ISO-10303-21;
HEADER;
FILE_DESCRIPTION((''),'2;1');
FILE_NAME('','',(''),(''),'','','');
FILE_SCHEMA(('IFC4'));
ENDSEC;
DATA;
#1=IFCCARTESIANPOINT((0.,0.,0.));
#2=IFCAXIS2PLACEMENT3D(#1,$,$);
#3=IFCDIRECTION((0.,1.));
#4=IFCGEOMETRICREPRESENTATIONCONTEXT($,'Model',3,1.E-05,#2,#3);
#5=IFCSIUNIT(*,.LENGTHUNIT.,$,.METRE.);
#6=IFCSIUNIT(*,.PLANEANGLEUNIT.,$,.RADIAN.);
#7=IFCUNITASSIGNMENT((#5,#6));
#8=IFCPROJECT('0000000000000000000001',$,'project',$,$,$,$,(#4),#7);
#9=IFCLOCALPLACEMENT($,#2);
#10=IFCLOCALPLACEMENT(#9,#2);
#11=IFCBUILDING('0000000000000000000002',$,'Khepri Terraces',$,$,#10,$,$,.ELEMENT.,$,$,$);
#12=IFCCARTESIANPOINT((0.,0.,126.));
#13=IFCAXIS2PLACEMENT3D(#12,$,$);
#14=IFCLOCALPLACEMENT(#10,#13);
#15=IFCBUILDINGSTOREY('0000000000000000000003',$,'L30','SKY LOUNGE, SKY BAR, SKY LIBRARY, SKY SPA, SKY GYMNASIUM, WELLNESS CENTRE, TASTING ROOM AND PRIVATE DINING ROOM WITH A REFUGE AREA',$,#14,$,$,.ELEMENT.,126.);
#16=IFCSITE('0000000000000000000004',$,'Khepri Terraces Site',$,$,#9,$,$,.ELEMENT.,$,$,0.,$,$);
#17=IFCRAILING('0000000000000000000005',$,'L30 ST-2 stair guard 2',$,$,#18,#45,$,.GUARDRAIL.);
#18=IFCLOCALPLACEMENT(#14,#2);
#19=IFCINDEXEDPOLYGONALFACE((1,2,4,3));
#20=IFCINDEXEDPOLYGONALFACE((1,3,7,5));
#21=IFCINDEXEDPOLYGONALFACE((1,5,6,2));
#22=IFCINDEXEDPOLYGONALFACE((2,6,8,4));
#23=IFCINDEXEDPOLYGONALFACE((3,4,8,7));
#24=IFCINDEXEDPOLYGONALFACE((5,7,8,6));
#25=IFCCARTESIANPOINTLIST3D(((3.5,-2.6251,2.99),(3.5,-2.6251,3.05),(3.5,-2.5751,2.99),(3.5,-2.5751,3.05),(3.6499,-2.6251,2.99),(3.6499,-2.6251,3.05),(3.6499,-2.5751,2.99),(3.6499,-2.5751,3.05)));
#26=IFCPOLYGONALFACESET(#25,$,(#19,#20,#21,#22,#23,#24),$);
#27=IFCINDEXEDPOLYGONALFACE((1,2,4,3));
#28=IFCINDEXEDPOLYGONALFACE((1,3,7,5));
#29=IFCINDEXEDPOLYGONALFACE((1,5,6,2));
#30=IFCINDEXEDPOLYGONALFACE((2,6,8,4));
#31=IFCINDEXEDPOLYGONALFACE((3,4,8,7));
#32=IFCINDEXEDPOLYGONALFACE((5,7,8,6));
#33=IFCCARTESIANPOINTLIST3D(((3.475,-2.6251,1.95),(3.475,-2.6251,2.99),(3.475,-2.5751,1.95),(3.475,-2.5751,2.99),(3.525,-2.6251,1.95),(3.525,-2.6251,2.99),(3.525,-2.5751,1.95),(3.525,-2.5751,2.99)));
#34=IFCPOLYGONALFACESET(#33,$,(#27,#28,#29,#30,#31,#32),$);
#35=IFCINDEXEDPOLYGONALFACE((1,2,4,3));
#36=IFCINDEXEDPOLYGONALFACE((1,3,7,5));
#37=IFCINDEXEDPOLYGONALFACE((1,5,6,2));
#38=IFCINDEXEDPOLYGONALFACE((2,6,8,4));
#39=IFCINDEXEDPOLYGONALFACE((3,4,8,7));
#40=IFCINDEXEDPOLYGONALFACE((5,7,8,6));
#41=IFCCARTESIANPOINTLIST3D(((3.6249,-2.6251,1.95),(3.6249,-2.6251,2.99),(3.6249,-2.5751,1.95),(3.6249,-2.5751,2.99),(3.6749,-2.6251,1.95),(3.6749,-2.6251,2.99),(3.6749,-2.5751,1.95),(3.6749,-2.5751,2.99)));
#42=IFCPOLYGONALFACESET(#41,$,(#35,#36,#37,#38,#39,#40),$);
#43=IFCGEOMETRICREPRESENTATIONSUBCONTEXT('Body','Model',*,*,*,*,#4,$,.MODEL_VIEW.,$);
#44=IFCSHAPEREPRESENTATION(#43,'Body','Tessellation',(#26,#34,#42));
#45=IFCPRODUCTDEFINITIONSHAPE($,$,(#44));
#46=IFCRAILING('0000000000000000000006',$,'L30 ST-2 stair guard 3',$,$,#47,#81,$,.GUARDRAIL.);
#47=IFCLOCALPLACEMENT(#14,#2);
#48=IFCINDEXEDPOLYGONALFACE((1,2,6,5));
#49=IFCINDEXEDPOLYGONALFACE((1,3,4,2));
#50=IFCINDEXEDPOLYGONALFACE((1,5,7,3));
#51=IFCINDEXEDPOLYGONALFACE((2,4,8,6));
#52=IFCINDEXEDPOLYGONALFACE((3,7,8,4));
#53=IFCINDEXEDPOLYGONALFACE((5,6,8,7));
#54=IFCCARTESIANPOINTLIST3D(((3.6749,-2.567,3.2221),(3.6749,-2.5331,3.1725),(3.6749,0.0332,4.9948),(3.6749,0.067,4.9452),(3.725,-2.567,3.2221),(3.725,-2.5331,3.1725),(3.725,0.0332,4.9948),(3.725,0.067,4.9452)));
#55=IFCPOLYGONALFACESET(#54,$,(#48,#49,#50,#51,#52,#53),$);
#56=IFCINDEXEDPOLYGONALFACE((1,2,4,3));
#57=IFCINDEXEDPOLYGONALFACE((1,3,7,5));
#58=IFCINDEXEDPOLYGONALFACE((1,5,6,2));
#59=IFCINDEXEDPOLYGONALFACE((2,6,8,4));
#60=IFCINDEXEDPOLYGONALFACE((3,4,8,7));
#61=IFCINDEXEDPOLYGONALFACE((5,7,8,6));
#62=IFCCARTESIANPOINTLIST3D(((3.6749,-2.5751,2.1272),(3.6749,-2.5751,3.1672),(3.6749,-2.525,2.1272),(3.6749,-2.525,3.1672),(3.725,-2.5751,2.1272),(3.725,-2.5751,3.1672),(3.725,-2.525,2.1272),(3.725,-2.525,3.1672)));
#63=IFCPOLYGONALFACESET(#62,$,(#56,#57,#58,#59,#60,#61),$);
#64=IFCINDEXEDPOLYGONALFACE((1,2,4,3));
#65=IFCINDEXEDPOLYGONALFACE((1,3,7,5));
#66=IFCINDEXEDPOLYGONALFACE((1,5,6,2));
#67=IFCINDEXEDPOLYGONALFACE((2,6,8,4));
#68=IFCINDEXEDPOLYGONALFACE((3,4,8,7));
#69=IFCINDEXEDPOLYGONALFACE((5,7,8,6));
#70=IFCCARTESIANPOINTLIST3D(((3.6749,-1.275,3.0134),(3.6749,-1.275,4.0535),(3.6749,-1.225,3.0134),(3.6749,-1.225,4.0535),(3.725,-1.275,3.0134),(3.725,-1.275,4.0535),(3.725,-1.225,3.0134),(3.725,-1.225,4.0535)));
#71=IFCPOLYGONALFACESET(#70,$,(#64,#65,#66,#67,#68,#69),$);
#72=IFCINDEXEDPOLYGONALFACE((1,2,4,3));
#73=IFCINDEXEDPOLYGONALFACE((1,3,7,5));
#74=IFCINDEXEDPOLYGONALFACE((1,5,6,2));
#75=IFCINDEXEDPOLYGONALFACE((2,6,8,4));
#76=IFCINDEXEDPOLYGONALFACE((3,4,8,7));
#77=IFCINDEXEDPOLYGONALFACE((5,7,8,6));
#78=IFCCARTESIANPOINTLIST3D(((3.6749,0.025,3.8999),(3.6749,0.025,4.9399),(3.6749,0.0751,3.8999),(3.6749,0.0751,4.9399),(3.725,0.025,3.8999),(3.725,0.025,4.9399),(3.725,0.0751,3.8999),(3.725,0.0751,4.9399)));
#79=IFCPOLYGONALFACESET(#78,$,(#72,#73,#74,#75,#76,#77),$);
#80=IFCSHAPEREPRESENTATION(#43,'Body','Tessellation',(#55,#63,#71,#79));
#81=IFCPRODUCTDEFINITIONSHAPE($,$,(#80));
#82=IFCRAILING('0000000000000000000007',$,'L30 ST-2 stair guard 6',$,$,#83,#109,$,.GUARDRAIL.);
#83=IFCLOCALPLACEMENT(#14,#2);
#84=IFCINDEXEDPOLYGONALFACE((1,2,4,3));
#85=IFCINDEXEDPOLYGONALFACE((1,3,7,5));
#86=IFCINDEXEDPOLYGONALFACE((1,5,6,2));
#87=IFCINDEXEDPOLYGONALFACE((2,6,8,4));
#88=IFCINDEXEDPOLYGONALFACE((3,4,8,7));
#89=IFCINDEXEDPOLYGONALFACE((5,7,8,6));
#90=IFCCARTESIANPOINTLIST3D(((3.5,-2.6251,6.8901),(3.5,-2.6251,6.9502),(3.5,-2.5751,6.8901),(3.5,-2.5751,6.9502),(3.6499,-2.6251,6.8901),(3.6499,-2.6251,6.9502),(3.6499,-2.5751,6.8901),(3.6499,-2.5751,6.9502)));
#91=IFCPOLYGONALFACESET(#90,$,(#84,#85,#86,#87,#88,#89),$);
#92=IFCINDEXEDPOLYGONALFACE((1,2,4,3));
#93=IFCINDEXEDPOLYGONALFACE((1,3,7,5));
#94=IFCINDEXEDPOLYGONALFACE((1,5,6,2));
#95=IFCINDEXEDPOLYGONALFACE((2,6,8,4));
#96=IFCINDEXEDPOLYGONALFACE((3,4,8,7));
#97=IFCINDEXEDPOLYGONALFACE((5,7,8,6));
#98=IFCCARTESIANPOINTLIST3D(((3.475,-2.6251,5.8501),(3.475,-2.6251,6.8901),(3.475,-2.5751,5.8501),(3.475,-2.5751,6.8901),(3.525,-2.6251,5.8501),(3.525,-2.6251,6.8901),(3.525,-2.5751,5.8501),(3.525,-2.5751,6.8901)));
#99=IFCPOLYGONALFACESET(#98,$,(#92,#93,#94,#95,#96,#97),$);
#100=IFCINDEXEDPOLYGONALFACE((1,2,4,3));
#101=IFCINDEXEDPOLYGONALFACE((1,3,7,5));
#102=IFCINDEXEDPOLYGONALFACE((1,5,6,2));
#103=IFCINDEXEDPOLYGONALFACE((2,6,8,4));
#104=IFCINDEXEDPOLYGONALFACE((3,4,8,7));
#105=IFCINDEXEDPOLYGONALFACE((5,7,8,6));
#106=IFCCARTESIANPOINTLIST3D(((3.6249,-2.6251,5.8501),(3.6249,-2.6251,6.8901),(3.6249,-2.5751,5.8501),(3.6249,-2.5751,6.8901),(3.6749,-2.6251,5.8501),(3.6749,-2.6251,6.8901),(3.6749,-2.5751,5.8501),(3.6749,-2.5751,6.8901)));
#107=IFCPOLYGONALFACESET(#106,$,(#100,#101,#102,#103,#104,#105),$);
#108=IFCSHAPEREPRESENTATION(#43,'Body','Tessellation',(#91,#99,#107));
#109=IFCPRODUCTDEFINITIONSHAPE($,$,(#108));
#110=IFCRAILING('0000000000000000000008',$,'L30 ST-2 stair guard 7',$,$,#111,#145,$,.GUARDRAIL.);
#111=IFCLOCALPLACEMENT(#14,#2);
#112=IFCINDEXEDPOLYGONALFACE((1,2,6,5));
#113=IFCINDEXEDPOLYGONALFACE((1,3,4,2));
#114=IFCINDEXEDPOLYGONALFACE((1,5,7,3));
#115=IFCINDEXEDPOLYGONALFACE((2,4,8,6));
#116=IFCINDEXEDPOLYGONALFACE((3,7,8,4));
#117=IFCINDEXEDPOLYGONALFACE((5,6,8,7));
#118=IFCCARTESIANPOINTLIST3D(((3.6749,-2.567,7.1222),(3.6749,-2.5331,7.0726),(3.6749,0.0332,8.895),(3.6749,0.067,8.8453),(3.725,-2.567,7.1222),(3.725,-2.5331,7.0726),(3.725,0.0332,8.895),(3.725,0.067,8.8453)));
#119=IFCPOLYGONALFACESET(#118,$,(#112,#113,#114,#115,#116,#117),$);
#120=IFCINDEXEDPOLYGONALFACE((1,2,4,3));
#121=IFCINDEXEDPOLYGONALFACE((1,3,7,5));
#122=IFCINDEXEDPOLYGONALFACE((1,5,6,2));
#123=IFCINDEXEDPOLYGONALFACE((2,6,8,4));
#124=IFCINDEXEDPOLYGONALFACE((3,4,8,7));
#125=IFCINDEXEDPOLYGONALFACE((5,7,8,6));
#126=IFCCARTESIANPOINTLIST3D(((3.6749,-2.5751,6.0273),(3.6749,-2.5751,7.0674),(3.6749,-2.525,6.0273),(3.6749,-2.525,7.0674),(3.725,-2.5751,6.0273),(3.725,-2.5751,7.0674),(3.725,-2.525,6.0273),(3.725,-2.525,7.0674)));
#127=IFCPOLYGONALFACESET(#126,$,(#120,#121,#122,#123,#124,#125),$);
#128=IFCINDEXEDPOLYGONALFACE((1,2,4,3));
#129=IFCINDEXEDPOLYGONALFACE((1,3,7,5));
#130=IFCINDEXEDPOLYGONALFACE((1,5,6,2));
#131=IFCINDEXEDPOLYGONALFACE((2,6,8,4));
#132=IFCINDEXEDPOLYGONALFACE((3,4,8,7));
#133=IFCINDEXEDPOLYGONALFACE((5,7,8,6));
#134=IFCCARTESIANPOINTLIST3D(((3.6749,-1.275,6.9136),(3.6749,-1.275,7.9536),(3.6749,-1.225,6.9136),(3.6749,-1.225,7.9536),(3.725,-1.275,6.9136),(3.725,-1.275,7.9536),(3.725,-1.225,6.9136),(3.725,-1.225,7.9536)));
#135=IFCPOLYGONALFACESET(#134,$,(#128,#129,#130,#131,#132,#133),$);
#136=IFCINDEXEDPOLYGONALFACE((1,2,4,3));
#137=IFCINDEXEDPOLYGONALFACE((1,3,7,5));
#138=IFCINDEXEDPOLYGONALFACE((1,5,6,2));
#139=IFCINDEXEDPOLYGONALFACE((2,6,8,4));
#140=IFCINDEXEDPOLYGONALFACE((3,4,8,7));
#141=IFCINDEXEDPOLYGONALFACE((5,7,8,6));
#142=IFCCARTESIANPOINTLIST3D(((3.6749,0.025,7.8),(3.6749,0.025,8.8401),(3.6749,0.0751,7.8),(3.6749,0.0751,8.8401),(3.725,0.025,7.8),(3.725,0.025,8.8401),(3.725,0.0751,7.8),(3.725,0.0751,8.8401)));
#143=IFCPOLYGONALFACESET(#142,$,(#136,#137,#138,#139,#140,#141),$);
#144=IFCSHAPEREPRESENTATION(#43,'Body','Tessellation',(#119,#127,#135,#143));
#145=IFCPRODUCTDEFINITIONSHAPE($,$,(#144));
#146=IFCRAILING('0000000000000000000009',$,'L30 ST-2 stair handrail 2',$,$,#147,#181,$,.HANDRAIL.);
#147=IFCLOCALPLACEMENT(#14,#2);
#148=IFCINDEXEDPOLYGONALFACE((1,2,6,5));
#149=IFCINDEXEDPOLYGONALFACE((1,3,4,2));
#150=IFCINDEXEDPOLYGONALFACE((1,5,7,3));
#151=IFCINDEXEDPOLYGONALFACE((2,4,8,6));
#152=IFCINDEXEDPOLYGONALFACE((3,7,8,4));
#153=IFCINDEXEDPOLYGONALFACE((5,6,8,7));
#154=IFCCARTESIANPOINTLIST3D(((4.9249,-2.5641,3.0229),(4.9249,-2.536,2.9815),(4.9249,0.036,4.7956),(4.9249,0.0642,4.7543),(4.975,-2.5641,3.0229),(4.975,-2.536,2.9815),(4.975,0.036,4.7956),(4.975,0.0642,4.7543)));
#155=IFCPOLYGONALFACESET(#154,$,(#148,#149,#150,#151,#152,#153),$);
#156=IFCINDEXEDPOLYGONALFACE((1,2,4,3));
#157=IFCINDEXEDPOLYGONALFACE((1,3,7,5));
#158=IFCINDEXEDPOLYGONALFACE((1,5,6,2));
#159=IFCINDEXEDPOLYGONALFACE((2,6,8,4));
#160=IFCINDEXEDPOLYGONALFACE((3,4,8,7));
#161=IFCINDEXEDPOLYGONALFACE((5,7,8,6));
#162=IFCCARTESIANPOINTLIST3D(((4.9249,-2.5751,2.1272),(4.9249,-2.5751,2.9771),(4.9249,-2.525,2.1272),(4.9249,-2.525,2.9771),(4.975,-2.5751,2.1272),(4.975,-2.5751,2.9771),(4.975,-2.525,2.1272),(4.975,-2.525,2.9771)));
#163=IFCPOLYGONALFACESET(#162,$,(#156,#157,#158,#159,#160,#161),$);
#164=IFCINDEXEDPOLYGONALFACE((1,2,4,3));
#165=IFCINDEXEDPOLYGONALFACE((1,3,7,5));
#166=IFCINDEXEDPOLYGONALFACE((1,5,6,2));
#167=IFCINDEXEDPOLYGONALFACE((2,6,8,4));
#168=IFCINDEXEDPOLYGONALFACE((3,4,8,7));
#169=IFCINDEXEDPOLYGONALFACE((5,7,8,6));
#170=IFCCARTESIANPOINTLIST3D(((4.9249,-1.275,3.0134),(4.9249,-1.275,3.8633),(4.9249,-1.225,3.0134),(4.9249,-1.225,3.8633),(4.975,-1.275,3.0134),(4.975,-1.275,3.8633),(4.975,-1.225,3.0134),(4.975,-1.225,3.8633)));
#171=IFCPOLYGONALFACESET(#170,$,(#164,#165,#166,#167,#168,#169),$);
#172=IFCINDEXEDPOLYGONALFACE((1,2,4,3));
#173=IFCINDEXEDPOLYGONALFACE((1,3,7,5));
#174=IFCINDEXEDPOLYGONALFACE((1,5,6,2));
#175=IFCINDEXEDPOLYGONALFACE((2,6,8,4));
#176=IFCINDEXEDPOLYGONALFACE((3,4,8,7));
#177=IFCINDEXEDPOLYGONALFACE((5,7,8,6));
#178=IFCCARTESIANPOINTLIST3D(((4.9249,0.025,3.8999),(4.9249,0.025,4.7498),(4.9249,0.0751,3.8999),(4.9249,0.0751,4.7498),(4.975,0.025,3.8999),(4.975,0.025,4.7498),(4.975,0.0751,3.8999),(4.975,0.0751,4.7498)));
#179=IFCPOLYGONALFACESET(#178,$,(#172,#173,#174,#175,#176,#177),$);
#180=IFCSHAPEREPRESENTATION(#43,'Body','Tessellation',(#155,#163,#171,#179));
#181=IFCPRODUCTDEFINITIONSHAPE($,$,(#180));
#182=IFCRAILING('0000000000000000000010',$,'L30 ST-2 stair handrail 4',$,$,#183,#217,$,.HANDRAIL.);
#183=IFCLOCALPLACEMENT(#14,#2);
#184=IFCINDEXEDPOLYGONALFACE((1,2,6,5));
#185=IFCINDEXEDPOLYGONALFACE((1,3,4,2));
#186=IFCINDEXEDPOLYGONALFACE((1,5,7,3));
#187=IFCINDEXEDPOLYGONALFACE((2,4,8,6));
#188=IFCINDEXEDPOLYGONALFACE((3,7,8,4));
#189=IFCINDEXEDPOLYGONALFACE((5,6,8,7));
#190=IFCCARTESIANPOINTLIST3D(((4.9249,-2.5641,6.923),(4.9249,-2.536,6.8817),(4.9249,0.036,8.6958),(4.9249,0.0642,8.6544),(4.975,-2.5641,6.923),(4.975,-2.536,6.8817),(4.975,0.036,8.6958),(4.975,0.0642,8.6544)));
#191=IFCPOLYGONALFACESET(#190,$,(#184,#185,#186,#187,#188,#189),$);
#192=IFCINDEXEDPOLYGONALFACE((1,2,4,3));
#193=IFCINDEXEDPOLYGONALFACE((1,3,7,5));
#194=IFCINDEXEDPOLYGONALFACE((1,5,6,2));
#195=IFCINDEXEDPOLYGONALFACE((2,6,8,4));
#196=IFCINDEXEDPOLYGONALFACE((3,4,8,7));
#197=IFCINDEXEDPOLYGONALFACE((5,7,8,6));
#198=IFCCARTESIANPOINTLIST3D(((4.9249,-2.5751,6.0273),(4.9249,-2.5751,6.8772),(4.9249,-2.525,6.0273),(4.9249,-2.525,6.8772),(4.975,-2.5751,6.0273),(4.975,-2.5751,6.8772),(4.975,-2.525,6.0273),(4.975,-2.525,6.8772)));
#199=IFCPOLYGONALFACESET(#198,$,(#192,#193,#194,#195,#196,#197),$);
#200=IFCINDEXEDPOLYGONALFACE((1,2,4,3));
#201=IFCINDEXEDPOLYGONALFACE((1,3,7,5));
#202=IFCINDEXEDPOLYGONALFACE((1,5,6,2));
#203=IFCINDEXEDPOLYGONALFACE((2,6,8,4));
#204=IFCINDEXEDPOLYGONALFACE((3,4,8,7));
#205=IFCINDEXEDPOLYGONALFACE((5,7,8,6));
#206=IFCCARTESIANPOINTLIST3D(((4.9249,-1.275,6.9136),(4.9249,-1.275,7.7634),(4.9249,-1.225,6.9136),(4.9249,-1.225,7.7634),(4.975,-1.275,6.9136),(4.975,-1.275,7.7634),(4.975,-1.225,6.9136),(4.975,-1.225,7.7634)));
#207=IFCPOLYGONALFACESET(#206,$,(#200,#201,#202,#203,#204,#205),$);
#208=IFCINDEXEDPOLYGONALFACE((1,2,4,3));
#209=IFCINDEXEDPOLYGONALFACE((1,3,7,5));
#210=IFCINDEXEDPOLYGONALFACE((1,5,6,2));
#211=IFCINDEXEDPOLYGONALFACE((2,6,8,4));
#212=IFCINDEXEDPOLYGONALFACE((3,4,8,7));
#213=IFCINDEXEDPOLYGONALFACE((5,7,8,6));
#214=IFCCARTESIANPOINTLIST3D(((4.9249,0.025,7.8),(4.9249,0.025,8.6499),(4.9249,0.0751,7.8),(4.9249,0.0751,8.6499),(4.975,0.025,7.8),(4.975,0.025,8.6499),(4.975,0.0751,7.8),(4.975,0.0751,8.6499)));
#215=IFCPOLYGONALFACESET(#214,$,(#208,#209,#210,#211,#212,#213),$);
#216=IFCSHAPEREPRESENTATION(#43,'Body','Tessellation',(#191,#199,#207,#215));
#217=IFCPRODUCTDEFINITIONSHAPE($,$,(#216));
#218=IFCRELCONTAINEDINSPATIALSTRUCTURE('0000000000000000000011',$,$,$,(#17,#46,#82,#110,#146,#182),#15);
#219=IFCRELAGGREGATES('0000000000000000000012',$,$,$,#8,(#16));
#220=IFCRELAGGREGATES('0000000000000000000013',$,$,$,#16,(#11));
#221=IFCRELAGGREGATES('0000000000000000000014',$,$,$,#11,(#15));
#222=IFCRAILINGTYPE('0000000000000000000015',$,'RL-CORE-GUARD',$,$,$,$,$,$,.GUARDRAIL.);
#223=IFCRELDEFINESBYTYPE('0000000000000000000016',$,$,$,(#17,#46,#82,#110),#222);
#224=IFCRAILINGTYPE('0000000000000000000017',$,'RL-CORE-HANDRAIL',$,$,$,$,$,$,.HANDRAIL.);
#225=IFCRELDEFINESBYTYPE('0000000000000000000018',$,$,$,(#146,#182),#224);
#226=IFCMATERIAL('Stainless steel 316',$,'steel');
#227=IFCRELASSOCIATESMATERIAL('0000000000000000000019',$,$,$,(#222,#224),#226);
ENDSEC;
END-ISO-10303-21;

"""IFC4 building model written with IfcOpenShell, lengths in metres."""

from ifc_helpers import new_model, si_unit, direction, frame, origin, origin_2d, place, context, subcontext, project, spatial, rectangle, extrude, material, type_object, element, save


model = new_model("IFC4")

# Units and contexts
model_context = context("Model", 3, precision=1e-05, world=origin(), true_north=direction((0.0, 1.0)))
body_context = subcontext(model_context, "Body", "Model", "MODEL_VIEW")
ifc_project = project(units=[si_unit("LENGTHUNIT", "METRE"), si_unit("PLANEANGLEUNIT", "RADIAN")], contexts=[model_context])

# Site, building, storey
site_placement = place(None, origin())
site = spatial("IfcSite", under=ifc_project, at=site_placement, Name="Khepri Terraces Site", CompositionType="ELEMENT", RefElevation=0.0)
building_placement = place(site_placement, origin())
building = spatial("IfcBuilding", under=site, at=building_placement, Name="Khepri Terraces", CompositionType="ELEMENT")
storey_placement = place(building_placement, frame((0.0, 0.0, 126.0)))
storey = spatial("IfcBuildingStorey", under=building, at=storey_placement, Name="L30", Description="SKY LOUNGE, SKY BAR, SKY LIBRARY, SKY SPA, SKY GYMNASIUM, WELLNESS CENTRE, TASTING ROOM AND PRIVATE DINING ROOM WITH A REFUGE AREA", CompositionType="ELEMENT", Elevation=126.0)

# Railings
ifc_material_1 = material(Name="Stainless steel 316", Category="steel")
railing_type_1 = type_object("IfcRailingType", Name="RL-CORE-GUARD", PredefinedType="GUARDRAIL", material=ifc_material_1)
railing_1_placement = place(storey_placement, frame((3.5, -2.6001, 1.95)))
element("IfcRailing", 1, at=railing_1_placement, inside=storey, type_object=railing_type_1, Name="L30 ST-2 stair guard 2", PredefinedType="GUARDRAIL", context=body_context, shape_type="SweptSolid", body=[
    extrude(rectangle(XDim=0.05, YDim=0.0601, at=origin_2d()), frame((0.0, 0.0, 1.0701), z_axis=(1.0, 0.0, 0.0), x_axis=(0.0, 1.0, 0.0)), (0.0, 0.0, 1.0), 0.1499),
    extrude(rectangle(XDim=0.05, YDim=0.05, at=origin_2d()), origin(), (0.0, 0.0, 1.0), 1.04),
    extrude(rectangle(XDim=0.05, YDim=0.05, at=origin_2d()), frame((0.1499, 0.0, 0.0)), (0.0, 0.0, 1.0), 1.04),
])
railing_2_placement = place(storey_placement, frame((3.7, -2.55, 2.1272)))
element("IfcRailing", 2, at=railing_2_placement, inside=storey, type_object=railing_type_1, Name="L30 ST-2 stair guard 3", PredefinedType="GUARDRAIL", context=body_context, shape_type="SweptSolid", body=[
    extrude(rectangle(XDim=0.05, YDim=0.0601, at=origin_2d()), frame((0.0, 0.0, 1.0701), z_axis=(0.0, 0.82624, 0.563318), x_axis=(-1.0, 0.0, 0.0)), (0.0, 0.0, 1.0), 3.147),
    extrude(rectangle(XDim=0.05, YDim=0.05, at=origin_2d()), origin(), (0.0, 0.0, 1.0), 1.04),
    extrude(rectangle(XDim=0.05, YDim=0.05, at=origin_2d()), frame((0.0, 1.3, 0.8862)), (0.0, 0.0, 1.0), 1.04),
    extrude(rectangle(XDim=0.05, YDim=0.05, at=origin_2d()), frame((0.0, 2.6001, 1.7727)), (0.0, 0.0, 1.0), 1.04),
])
railing_3_placement = place(storey_placement, frame((3.5, -2.6001, 5.8501)))
element("IfcRailing", 3, at=railing_3_placement, inside=storey, type_object=railing_type_1, Name="L30 ST-2 stair guard 6", PredefinedType="GUARDRAIL", context=body_context, shape_type="SweptSolid", body=[
    extrude(rectangle(XDim=0.05, YDim=0.0601, at=origin_2d()), frame((0.0, 0.0, 1.0701), z_axis=(1.0, 0.0, 0.0), x_axis=(0.0, 1.0, 0.0)), (0.0, 0.0, 1.0), 0.1499),
    extrude(rectangle(XDim=0.05, YDim=0.05, at=origin_2d()), origin(), (0.0, 0.0, 1.0), 1.04),
    extrude(rectangle(XDim=0.05, YDim=0.05, at=origin_2d()), frame((0.1499, 0.0, 0.0)), (0.0, 0.0, 1.0), 1.04),
])
railing_4_placement = place(storey_placement, frame((3.7, -2.55, 6.0273)))
element("IfcRailing", 4, at=railing_4_placement, inside=storey, type_object=railing_type_1, Name="L30 ST-2 stair guard 7", PredefinedType="GUARDRAIL", context=body_context, shape_type="SweptSolid", body=[
    extrude(rectangle(XDim=0.05, YDim=0.0601, at=origin_2d()), frame((0.0, 0.0, 1.0701), z_axis=(0.0, 0.82624, 0.563318), x_axis=(-1.0, 0.0, 0.0)), (0.0, 0.0, 1.0), 3.147),
    extrude(rectangle(XDim=0.05, YDim=0.05, at=origin_2d()), origin(), (0.0, 0.0, 1.0), 1.04),
    extrude(rectangle(XDim=0.05, YDim=0.05, at=origin_2d()), frame((0.0, 1.3, 0.8862)), (0.0, 0.0, 1.0), 1.04),
    extrude(rectangle(XDim=0.05, YDim=0.05, at=origin_2d()), frame((0.0, 2.6001, 1.7727)), (0.0, 0.0, 1.0), 1.04),
])
railing_type_2 = type_object("IfcRailingType", Name="RL-CORE-HANDRAIL", PredefinedType="HANDRAIL", material=ifc_material_1)
for number, where, name in (
    (5, (4.95, -2.55, 2.1272), "L30 ST-2 stair handrail 2"),
    (6, (4.95, -2.55, 6.0273), "L30 ST-2 stair handrail 4"),
):
    element("IfcRailing", number, at=place(storey_placement, frame(where)), inside=storey, type_object=railing_type_2, Name=name, PredefinedType="HANDRAIL", context=body_context, shape_type="SweptSolid", body=[
        extrude(rectangle(XDim=0.05, YDim=0.05, at=origin_2d()), frame((0.0, 0.0, 0.875), z_axis=(0.0, 0.82624, 0.563318), x_axis=(-1.0, 0.0, 0.0)), (0.0, 0.0, 1.0), 3.147),
        extrude(rectangle(XDim=0.05, YDim=0.05, at=origin_2d()), origin(), (0.0, 0.0, 1.0), 0.8499),
        extrude(rectangle(XDim=0.05, YDim=0.05, at=origin_2d()), frame((0.0, 1.3, 0.8862)), (0.0, 0.0, 1.0), 0.8499),
        extrude(rectangle(XDim=0.05, YDim=0.05, at=origin_2d()), frame((0.0, 2.6001, 1.7727)), (0.0, 0.0, 1.0), 0.8499),
    ])

save(model, "model.ifc")
